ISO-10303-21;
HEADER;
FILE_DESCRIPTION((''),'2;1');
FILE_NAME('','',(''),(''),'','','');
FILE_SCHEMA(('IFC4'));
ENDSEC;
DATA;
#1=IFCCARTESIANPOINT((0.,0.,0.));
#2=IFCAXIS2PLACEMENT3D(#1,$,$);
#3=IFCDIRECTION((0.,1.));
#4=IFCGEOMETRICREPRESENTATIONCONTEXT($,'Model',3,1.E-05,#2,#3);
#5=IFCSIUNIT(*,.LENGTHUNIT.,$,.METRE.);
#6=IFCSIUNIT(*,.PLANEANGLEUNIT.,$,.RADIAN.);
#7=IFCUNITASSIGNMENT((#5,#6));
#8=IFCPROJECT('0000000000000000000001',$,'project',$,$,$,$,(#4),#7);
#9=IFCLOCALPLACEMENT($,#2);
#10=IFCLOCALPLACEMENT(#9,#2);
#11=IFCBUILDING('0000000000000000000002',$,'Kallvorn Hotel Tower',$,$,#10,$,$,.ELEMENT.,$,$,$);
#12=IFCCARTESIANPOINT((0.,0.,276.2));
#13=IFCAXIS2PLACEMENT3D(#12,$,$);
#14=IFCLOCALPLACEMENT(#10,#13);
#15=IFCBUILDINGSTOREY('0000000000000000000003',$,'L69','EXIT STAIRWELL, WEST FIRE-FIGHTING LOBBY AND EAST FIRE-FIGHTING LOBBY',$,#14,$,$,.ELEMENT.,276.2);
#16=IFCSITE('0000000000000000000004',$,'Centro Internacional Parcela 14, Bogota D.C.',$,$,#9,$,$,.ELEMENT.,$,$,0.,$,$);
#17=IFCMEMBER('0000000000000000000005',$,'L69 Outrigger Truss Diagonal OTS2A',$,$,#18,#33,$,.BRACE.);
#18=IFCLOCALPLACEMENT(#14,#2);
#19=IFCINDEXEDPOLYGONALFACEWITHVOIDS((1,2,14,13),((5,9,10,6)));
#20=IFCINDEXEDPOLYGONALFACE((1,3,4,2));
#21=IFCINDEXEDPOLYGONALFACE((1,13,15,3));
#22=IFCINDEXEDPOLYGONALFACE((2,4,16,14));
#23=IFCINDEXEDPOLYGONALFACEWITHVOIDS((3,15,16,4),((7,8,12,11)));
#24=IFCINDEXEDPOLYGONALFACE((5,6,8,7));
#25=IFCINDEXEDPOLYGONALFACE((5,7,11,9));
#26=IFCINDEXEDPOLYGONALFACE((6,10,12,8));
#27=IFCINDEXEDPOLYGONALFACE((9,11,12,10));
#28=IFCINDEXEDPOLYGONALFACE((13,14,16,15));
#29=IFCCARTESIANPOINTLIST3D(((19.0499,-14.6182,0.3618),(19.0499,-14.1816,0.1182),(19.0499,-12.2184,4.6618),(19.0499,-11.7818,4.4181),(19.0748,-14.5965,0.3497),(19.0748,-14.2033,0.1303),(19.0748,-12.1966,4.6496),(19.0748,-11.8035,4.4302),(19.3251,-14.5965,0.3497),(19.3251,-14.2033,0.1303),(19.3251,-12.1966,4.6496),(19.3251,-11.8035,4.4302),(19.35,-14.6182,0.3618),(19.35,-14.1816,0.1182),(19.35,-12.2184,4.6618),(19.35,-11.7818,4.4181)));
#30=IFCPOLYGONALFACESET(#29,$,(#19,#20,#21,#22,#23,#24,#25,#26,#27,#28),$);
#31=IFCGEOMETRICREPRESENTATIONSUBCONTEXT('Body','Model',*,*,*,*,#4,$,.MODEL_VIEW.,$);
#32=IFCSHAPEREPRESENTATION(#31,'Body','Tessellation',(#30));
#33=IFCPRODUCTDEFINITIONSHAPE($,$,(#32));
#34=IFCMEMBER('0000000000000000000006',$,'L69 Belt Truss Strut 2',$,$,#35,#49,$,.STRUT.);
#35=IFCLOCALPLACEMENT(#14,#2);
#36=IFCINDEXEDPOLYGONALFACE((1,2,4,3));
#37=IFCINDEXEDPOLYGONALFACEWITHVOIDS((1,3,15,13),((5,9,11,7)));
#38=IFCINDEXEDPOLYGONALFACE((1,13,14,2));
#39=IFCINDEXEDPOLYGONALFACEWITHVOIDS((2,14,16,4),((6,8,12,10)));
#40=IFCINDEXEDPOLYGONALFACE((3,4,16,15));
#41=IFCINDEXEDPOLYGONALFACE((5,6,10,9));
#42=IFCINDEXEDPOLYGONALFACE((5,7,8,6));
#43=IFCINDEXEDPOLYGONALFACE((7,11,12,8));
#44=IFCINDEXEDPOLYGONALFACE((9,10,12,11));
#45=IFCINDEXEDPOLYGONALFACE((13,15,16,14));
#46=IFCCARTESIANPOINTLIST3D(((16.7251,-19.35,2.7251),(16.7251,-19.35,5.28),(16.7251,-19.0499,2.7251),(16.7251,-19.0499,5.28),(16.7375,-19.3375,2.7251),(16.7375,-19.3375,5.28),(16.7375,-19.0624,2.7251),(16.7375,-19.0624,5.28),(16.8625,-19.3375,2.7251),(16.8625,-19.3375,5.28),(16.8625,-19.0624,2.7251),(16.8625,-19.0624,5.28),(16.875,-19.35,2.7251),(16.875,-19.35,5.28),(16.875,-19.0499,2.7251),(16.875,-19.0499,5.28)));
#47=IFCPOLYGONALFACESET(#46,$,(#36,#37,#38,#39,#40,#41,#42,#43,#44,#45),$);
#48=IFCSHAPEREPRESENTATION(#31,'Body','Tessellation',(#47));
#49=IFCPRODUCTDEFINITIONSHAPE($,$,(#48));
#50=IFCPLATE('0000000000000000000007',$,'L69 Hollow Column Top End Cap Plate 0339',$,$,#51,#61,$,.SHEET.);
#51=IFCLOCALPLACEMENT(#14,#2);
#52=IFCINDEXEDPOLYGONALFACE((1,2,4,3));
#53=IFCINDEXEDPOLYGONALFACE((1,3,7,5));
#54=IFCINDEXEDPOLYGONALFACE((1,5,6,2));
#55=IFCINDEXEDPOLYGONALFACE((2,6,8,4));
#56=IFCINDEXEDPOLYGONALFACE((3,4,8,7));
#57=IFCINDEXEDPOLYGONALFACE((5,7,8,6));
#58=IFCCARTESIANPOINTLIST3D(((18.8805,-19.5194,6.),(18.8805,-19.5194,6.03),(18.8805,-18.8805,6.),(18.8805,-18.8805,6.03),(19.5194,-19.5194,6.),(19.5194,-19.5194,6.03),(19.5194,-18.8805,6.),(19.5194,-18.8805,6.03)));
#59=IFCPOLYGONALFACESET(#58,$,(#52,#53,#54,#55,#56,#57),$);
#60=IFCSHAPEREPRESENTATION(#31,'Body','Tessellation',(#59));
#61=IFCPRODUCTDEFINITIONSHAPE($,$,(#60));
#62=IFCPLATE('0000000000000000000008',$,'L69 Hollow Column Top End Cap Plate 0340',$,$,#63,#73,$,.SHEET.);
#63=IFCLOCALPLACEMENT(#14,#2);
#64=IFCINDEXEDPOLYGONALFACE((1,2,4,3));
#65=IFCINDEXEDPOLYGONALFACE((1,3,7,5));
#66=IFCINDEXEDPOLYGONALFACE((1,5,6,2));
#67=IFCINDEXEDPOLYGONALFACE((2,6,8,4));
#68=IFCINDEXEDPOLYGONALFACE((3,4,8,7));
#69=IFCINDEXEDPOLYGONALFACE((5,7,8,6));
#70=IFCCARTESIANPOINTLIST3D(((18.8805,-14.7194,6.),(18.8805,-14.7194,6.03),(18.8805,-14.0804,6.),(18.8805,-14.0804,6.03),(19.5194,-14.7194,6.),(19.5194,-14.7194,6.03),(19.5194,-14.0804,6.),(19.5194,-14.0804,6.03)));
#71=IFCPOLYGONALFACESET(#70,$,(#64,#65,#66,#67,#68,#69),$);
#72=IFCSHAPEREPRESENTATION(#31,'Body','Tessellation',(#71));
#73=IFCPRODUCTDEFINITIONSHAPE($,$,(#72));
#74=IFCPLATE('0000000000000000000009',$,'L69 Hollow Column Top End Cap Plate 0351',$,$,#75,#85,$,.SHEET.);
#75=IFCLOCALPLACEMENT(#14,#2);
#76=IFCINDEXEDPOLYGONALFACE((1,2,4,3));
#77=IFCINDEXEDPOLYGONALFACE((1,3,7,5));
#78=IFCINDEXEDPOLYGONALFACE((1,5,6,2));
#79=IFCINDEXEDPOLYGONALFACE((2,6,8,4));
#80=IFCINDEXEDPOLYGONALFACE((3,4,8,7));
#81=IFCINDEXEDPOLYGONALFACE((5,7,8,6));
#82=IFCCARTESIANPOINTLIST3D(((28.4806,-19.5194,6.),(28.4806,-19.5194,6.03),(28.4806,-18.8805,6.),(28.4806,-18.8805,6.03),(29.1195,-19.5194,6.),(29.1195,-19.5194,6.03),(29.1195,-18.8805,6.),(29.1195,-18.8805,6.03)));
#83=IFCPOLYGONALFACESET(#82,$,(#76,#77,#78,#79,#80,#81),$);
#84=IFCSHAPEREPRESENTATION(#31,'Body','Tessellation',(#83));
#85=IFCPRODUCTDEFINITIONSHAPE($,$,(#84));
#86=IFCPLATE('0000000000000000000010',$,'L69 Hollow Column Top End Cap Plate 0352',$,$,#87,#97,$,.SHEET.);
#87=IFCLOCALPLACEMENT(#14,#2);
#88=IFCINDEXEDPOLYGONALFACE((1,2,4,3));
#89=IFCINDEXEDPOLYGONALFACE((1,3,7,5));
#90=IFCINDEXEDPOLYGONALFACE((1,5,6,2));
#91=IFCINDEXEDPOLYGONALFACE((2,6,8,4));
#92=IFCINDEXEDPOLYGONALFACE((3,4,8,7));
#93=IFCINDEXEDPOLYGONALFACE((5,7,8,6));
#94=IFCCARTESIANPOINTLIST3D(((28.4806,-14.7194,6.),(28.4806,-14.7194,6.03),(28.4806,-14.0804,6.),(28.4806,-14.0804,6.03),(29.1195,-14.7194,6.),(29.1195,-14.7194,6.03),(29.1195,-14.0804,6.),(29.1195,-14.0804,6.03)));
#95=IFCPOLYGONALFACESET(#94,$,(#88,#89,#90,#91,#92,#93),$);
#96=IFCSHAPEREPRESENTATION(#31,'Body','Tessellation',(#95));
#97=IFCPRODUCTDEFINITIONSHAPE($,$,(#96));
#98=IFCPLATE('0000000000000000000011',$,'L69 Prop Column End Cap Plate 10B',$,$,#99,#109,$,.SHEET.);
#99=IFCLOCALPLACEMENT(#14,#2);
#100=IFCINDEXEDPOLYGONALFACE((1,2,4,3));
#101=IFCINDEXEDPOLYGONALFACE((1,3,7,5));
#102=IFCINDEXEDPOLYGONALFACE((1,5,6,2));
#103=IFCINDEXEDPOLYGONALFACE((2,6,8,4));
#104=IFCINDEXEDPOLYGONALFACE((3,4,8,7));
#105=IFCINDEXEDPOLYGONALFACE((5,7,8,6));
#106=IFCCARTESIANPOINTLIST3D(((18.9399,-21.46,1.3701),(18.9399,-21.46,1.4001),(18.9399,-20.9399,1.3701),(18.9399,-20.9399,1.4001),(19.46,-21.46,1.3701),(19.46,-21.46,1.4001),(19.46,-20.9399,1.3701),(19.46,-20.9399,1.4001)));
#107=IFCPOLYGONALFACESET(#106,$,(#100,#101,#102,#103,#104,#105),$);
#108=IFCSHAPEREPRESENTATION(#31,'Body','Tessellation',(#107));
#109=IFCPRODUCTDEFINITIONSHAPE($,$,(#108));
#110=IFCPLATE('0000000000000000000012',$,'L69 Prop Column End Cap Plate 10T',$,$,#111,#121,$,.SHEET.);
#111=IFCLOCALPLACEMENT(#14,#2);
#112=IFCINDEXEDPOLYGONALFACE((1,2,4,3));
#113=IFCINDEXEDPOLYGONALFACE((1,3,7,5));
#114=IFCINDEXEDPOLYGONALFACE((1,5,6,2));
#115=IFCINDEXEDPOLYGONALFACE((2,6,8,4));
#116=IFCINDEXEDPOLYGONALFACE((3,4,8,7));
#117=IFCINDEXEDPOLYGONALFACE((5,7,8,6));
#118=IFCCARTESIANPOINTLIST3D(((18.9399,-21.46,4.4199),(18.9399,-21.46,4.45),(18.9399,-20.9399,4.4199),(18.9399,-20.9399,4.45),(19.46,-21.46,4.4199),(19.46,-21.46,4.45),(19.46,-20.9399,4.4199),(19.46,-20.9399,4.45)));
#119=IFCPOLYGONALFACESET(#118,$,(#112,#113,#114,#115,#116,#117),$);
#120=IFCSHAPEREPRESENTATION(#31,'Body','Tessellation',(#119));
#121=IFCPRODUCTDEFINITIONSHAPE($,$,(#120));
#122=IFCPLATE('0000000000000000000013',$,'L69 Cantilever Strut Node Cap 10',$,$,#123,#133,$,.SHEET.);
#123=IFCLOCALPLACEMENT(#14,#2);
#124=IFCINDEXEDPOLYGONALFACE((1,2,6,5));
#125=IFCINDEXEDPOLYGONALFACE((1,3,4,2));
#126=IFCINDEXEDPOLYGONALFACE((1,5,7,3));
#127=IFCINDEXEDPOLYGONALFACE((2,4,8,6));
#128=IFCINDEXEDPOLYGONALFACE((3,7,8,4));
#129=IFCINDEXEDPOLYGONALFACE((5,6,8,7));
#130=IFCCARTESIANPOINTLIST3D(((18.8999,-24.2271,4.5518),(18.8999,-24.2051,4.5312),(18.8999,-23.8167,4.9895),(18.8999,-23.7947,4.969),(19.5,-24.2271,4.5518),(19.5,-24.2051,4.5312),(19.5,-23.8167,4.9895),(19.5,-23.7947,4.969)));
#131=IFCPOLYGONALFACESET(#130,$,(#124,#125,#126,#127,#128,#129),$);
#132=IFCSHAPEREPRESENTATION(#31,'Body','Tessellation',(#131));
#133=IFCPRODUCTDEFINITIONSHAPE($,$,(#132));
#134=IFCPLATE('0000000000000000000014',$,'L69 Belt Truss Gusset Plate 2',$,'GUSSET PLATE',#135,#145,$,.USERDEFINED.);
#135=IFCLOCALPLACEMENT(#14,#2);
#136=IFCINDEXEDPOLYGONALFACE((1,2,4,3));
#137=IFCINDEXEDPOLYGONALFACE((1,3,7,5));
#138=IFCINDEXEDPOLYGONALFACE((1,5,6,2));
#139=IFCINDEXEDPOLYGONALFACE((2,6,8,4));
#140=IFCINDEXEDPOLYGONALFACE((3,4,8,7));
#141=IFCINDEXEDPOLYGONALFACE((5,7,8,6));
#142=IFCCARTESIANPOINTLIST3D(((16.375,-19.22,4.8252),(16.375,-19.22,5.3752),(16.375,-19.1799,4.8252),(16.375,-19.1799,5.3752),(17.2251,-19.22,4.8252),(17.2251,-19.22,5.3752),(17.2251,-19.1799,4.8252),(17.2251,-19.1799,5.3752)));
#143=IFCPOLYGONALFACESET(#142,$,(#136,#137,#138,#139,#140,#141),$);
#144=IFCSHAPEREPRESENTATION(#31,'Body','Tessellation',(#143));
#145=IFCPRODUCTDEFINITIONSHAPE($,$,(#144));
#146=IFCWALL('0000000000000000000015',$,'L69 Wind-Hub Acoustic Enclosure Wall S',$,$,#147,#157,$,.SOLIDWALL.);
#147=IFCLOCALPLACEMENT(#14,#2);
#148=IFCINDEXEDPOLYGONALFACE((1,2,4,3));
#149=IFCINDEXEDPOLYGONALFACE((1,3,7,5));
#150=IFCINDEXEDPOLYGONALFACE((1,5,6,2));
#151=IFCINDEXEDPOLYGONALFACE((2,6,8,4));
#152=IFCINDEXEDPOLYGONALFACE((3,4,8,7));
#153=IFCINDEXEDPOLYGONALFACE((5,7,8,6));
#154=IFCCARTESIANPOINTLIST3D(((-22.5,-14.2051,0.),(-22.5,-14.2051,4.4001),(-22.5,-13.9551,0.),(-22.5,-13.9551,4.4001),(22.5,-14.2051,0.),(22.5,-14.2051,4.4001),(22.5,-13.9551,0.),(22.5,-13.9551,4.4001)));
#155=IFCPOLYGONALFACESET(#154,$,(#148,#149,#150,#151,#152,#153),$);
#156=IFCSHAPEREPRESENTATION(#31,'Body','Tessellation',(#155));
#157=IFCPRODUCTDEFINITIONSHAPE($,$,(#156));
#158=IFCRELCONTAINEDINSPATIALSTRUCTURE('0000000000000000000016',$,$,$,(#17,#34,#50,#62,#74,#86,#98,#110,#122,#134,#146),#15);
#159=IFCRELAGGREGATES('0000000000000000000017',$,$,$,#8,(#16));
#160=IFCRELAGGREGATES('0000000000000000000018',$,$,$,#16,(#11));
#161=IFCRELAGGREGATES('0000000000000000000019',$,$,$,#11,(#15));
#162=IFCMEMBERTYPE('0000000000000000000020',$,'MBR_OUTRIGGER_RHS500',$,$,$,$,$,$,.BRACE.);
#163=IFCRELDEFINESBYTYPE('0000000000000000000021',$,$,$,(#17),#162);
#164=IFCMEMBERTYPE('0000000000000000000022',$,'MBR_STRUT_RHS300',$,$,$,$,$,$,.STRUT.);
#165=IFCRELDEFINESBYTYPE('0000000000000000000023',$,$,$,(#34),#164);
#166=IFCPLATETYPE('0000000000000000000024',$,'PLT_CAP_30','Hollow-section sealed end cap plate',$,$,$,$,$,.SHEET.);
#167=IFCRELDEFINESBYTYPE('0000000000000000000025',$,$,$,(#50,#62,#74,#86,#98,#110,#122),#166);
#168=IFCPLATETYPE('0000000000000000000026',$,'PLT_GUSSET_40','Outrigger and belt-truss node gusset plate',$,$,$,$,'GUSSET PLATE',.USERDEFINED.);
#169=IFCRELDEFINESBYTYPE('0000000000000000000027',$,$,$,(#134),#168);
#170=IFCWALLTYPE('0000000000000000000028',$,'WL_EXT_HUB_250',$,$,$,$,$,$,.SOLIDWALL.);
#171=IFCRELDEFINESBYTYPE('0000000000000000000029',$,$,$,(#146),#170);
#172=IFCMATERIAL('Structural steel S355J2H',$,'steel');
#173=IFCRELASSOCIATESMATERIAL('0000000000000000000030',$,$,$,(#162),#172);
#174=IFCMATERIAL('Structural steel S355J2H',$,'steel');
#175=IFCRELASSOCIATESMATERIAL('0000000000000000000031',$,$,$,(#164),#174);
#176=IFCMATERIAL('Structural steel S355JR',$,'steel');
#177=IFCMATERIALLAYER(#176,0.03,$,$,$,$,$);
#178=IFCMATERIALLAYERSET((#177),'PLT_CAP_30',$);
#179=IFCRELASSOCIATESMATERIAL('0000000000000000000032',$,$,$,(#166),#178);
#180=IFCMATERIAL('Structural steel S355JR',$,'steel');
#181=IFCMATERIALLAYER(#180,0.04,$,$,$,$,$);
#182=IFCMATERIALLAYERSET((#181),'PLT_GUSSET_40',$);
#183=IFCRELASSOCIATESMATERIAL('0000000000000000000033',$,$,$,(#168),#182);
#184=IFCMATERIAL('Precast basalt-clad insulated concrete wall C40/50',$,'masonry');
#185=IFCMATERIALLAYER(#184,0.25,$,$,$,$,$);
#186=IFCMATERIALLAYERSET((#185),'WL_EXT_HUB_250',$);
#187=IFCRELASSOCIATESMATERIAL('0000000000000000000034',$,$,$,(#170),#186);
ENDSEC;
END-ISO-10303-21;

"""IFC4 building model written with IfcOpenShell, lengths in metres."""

from ifc_helpers import new_model, si_unit, direction, frame, frame_2d, origin, origin_2d, place, context, subcontext, project, spatial, polyline, rectangle, hollow_rectangle, outline, extrude, material, layer, layer_set, material_profile, profile_set, type_object, element, save


model = new_model("IFC4")

# Units and contexts
model_context = context("Model", 3, precision=1e-05, world=origin(), true_north=direction((0.0, 1.0)))
body_context = subcontext(model_context, "Body", "Model", "MODEL_VIEW")
ifc_project = project(units=[si_unit("LENGTHUNIT", "METRE"), si_unit("PLANEANGLEUNIT", "RADIAN")], contexts=[model_context])

# Site, building, storey
site_placement = place(None, origin())
site = spatial("IfcSite", under=ifc_project, at=site_placement, Name="Centro Internacional Parcela 14, Bogota D.C.", CompositionType="ELEMENT", RefElevation=0.0)
building_placement = place(site_placement, origin())
building = spatial("IfcBuilding", under=site, at=building_placement, Name="Kallvorn Hotel Tower", CompositionType="ELEMENT")
storey_placement = place(building_placement, frame((0.0, 0.0, 276.2)))
storey = spatial("IfcBuildingStorey", under=building, at=storey_placement, Name="L69", Description="EXIT STAIRWELL, WEST FIRE-FIGHTING LOBBY AND EAST FIRE-FIGHTING LOBBY", CompositionType="ELEMENT", Elevation=276.2)

# Members
ifc_material_1 = material(Name="Structural steel S355J2H", Category="steel")
ifc_material_profile_1 = material_profile(ifc_material_1, hollow_rectangle(XDim=0.3, YDim=0.5, WallThickness=0.0249, at=origin_2d()), Name="RHS 500x300x25")
ifc_profile_set_1 = profile_set([ifc_material_profile_1], Name="Structural steel S355J2H")
member_type_1 = type_object("IfcMemberType", Name="MBR_OUTRIGGER_RHS500", PredefinedType="BRACE", material=ifc_profile_set_1)
member_1_placement = place(storey_placement, frame((19.2, -14.3999, 0.24), z_axis=(0.0, 0.487347, 0.873208), x_axis=(-1.0, 0.0, 0.0)))
element("IfcMember", 1, at=member_1_placement, inside=storey, type_object=member_type_1, Name="L69 Outrigger Truss Diagonal OTS2A", PredefinedType="BRACE", context=body_context, shape_type="SweptSolid", body=[
    extrude(hollow_rectangle(XDim=0.3, YDim=0.5, WallThickness=0.0249, at=origin_2d()), origin(), (0.0, 0.0, 1.0), 4.9243),
])
ifc_material_2 = material(Name="Structural steel S355J2H", Category="steel")
ifc_material_profile_2 = material_profile(ifc_material_2, hollow_rectangle(XDim=0.1499, YDim=0.3, WallThickness=0.0125, at=origin_2d()), Name="RHS 300x150x12.5")
ifc_profile_set_2 = profile_set([ifc_material_profile_2], Name="Structural steel S355J2H")
member_type_2 = type_object("IfcMemberType", Name="MBR_STRUT_RHS300", PredefinedType="STRUT", material=ifc_profile_set_2)
member_2_placement = place(storey_placement, frame((16.8, -19.2, 2.7251), z_axis=(0.0, 0.0, 1.0), x_axis=(1.0, 0.0, 0.0)))
element("IfcMember", 2, at=member_2_placement, inside=storey, type_object=member_type_2, Name="L69 Belt Truss Strut 2", PredefinedType="STRUT", context=body_context, shape_type="SweptSolid", body=[
    extrude(hollow_rectangle(XDim=0.1499, YDim=0.3, WallThickness=0.0125, at=origin_2d()), origin(), (0.0, 0.0, 1.0), 2.5549),
])

# Plates
ifc_material_3 = material(Name="Structural steel S355JR", Category="steel")
ifc_layer_1 = layer(ifc_material_3, 0.03)
ifc_layer_set_1 = layer_set([ifc_layer_1], Name="PLT_CAP_30")
plate_type_1 = type_object("IfcPlateType", Name="PLT_CAP_30", Description="Hollow-section sealed end cap plate", PredefinedType="SHEET", material=ifc_layer_set_1)
for number, where, z_axis, x_axis, name in (
    (3, (19.2, -19.2, 6.0), (0.0, 0.0, 1.0), (1.0, 0.0, 0.0), "L69 Hollow Column Top End Cap Plate 0339"),
    (4, (19.2, -14.3999, 6.0), (0.0, 0.0, 1.0), (1.0, 0.0, 0.0), "L69 Hollow Column Top End Cap Plate 0340"),
    (5, (28.8, -19.2, 6.0), (0.0, 0.0, 1.0), (1.0, 0.0, 0.0), "L69 Hollow Column Top End Cap Plate 0351"),
    (6, (28.8, -14.3999, 6.0), (0.0, 0.0, 1.0), (1.0, 0.0, 0.0), "L69 Hollow Column Top End Cap Plate 0352"),
):
    element("IfcPlate", number, at=place(storey_placement, frame(where, z_axis=z_axis, x_axis=x_axis)), inside=storey, type_object=plate_type_1, Name=name, PredefinedType="SHEET", context=body_context, shape_type="SweptSolid", body=[
        extrude(rectangle(XDim=0.6389, YDim=0.6389, at=origin_2d()), origin(), (0.0, 0.0, 1.0), 0.03),
    ])
for number, where, z_axis, x_axis, name in (
    (7, (19.2, -21.2, 1.3701), (0.0, 0.0, 1.0), (1.0, 0.0, 0.0), "L69 Prop Column End Cap Plate 10B"),
    (8, (19.2, -21.2, 4.4199), (0.0, 0.0, 1.0), (1.0, 0.0, 0.0), "L69 Prop Column End Cap Plate 10T"),
):
    element("IfcPlate", number, at=place(storey_placement, frame(where, z_axis=z_axis, x_axis=x_axis)), inside=storey, type_object=plate_type_1, Name=name, PredefinedType="SHEET", context=body_context, shape_type="SweptSolid", body=[
        extrude(rectangle(XDim=0.52, YDim=0.52, at=origin_2d()), origin(), (0.0, 0.0, 1.0), 0.03),
    ])
plate_1_placement = place(storey_placement, frame((18.8999, -24.2271, 4.5518), z_axis=(0.0, -0.729525, 0.683955), x_axis=(1.0, 0.0, 0.0)))
element("IfcPlate", 9, at=plate_1_placement, inside=storey, type_object=plate_type_1, Name="L69 Cantilever Strut Node Cap 10", PredefinedType="SHEET", context=body_context, shape_type="SweptSolid", body=[
    extrude(outline(polyline([(0.0, 0.0), (0.6001, 0.0), (0.6001, 0.6), (0.0, 0.6), (0.0, 0.0)])), origin(), (0.0, 0.0, -1.0), 0.03),
])
ifc_material_4 = material(Name="Structural steel S355JR", Category="steel")
ifc_layer_2 = layer(ifc_material_4, 0.04)
ifc_layer_set_2 = layer_set([ifc_layer_2], Name="PLT_GUSSET_40")
plate_type_2 = type_object("IfcPlateType", Name="PLT_GUSSET_40", Description="Outrigger and belt-truss node gusset plate", ElementType="GUSSET PLATE", PredefinedType="USERDEFINED", material=ifc_layer_set_2)
plate_2_placement = place(storey_placement, frame((16.8, -19.2, 4.8252), z_axis=(0.0, 0.0, 1.0), x_axis=(1.0, 0.0, 0.0)))
element("IfcPlate", 10, at=plate_2_placement, inside=storey, type_object=plate_type_2, Name="L69 Belt Truss Gusset Plate 2", ObjectType="GUSSET PLATE", PredefinedType="USERDEFINED", context=body_context, shape_type="SweptSolid", body=[
    extrude(rectangle(XDim=0.8501, YDim=0.04, at=origin_2d()), origin(), (0.0, 0.0, 1.0), 0.55),
])

# Wall
ifc_material_5 = material(Name="Precast basalt-clad insulated concrete wall C40/50", Category="masonry")
ifc_layer_3 = layer(ifc_material_5, 0.25)
ifc_layer_set_3 = layer_set([ifc_layer_3], Name="WL_EXT_HUB_250")
wall_type = type_object("IfcWallType", Name="WL_EXT_HUB_250", PredefinedType="SOLIDWALL", material=ifc_layer_set_3)
wall_placement = place(storey_placement, frame((22.5, -14.0801, 0.0), z_axis=(0.0, 0.0, 1.0), x_axis=(-1.0, 0.0, 0.0)))
element("IfcWall", 11, at=wall_placement, inside=storey, type_object=wall_type, Name="L69 Wind-Hub Acoustic Enclosure Wall S", PredefinedType="SOLIDWALL", context=body_context, shape_type="SweptSolid", body=[
    extrude(rectangle(XDim=45.0, YDim=0.25, at=frame_2d((22.5, 0.0))), origin(), (0.0, 0.0, 1.0), 4.4001),
])

save(model, "model.ifc")
